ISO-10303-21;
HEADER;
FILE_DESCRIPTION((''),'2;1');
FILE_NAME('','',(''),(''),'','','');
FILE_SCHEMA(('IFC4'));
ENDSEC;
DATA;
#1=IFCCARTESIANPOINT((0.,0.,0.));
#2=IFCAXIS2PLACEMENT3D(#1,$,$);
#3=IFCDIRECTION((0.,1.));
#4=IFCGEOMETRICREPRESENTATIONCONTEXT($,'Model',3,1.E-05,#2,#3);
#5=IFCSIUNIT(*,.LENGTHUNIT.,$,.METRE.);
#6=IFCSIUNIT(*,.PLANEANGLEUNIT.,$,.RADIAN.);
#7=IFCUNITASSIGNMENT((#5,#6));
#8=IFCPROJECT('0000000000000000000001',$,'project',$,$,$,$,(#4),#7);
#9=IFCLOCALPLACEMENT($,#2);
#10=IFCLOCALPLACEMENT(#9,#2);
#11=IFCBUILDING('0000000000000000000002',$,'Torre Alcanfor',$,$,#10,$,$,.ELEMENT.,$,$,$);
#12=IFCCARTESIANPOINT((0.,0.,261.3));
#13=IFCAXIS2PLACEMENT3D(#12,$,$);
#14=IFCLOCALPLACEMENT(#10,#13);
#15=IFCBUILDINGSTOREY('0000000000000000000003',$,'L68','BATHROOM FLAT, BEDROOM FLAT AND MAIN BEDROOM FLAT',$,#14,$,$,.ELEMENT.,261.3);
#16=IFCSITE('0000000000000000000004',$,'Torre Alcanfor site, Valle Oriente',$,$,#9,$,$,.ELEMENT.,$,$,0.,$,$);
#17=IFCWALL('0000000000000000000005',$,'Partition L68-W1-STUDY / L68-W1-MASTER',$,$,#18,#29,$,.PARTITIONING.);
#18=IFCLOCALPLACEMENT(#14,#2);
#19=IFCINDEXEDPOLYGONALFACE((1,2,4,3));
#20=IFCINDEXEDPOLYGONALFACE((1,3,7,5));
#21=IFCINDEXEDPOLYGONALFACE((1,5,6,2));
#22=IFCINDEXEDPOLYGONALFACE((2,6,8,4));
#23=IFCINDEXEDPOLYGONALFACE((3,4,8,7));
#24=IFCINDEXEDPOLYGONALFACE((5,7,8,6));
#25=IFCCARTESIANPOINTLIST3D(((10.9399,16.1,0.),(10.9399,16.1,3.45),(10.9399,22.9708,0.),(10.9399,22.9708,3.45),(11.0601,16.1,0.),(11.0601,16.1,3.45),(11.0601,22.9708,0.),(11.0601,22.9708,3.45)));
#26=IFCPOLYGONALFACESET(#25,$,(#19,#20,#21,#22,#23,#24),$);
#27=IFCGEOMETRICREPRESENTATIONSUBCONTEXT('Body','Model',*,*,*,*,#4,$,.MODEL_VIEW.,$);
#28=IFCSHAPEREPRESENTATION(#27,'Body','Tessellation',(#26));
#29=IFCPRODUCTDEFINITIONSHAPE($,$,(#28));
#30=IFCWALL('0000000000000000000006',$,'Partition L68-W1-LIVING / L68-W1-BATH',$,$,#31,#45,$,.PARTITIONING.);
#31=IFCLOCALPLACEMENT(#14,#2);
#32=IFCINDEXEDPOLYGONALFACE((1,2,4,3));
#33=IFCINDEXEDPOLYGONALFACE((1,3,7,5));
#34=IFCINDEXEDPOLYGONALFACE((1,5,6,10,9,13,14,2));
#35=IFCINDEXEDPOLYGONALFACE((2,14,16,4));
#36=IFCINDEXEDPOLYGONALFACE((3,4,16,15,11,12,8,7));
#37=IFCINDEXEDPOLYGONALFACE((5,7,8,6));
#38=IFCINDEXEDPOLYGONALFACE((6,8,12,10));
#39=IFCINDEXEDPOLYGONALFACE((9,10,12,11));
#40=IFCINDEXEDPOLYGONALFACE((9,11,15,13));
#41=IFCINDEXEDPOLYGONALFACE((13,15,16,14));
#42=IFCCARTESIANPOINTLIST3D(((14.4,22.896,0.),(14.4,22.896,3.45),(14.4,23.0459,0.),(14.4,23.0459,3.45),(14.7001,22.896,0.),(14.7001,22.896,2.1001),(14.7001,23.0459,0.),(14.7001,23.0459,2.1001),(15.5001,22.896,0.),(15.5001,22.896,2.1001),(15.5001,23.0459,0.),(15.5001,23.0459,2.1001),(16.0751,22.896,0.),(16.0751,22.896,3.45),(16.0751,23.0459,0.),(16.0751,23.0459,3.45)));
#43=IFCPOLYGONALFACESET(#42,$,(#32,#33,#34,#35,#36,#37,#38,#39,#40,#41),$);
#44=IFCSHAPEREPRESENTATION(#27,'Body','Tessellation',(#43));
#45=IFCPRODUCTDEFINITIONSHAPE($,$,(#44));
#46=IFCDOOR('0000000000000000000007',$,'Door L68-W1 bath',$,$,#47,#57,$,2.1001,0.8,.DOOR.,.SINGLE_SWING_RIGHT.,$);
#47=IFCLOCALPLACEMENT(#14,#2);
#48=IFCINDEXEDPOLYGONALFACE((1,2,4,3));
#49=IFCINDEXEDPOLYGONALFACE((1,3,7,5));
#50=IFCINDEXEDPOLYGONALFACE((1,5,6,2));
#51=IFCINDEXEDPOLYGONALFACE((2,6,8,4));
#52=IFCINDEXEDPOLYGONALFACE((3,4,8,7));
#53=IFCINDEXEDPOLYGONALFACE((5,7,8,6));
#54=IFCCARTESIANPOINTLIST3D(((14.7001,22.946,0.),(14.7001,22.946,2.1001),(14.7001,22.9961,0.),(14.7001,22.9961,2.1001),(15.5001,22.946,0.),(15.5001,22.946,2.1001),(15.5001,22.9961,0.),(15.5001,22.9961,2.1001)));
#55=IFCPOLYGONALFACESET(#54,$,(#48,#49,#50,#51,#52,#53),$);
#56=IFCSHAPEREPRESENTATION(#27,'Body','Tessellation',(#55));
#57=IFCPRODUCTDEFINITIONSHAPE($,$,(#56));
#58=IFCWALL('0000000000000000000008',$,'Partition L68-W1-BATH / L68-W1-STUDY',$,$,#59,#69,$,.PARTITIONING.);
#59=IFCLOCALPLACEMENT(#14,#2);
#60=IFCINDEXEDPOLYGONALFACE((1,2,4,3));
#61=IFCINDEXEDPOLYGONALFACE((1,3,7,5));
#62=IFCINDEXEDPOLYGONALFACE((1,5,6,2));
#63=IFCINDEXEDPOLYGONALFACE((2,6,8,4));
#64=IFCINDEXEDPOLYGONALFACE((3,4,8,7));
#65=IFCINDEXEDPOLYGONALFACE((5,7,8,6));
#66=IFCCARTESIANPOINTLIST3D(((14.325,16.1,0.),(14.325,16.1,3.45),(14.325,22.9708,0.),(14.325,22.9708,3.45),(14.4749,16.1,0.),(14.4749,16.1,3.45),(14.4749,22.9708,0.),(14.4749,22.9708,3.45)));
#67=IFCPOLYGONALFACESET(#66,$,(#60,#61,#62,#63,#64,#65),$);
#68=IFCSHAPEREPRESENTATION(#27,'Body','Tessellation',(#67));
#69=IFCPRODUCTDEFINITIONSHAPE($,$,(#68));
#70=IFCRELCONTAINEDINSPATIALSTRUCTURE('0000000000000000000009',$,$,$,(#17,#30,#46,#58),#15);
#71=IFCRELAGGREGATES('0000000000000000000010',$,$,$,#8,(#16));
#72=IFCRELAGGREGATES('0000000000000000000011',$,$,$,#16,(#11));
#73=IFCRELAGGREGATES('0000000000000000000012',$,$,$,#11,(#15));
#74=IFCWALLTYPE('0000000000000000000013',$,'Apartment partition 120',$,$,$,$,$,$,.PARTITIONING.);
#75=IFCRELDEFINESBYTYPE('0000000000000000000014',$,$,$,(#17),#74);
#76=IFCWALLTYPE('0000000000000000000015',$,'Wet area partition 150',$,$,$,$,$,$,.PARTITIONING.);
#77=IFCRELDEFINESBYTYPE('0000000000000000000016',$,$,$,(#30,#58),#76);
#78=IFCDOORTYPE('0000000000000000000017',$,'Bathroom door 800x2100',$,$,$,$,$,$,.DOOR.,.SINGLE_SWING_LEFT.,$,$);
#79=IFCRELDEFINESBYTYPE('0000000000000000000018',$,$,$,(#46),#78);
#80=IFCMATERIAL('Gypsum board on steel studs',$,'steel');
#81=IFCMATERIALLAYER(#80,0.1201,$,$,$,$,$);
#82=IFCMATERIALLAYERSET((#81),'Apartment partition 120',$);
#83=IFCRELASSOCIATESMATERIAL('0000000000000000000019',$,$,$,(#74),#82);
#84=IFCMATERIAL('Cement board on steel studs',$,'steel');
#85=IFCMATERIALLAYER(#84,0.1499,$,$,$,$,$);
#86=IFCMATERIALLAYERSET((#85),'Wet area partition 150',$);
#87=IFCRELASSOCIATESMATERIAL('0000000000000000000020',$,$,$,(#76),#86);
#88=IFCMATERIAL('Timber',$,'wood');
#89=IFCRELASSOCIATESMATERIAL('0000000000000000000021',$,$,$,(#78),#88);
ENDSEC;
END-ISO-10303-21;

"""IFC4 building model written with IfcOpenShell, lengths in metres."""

from ifc_helpers import new_model, si_unit, direction, frame, frame_2d, origin, place, context, subcontext, project, spatial, rectangle, extrude, material, layer, layer_set, type_object, element, fill, save


model = new_model("IFC4")

# Units and contexts
model_context = context("Model", 3, precision=1e-05, world=origin(), true_north=direction((0.0, 1.0)))
body_context = subcontext(model_context, "Body", "Model", "MODEL_VIEW")
ifc_project = project(units=[si_unit("LENGTHUNIT", "METRE"), si_unit("PLANEANGLEUNIT", "RADIAN")], contexts=[model_context])

# Site, building, storey
site_placement = place(None, origin())
site = spatial("IfcSite", under=ifc_project, at=site_placement, Name="Torre Alcanfor site, Valle Oriente", CompositionType="ELEMENT", RefElevation=0.0)
building_placement = place(site_placement, origin())
building = spatial("IfcBuilding", under=site, at=building_placement, Name="Torre Alcanfor", CompositionType="ELEMENT")
storey_placement = place(building_placement, frame((0.0, 0.0, 261.3)))
storey = spatial("IfcBuildingStorey", under=building, at=storey_placement, Name="L68", Description="BATHROOM FLAT, BEDROOM FLAT AND MAIN BEDROOM FLAT", CompositionType="ELEMENT", Elevation=261.3)

# Shared definitions
ifc_material_1 = material(Name="Gypsum board on steel studs", Category="steel")
ifc_layer_1 = layer(ifc_material_1, 0.1201)
ifc_layer_set_1 = layer_set([ifc_layer_1], Name="Apartment partition 120")
wall_type_1 = type_object("IfcWallType", Name="Apartment partition 120", PredefinedType="PARTITIONING", material=ifc_layer_set_1)

# Wall
wall_1_placement = place(storey_placement, frame((11.0, 22.9709, 0.0), z_axis=(0.0, 0.0, 1.0), x_axis=(0.0, -1.0, 0.0)))
element("IfcWall", 1, at=wall_1_placement, inside=storey, type_object=wall_type_1, Name="Partition L68-W1-STUDY / L68-W1-MASTER", PredefinedType="PARTITIONING", context=body_context, shape_type="SweptSolid", body=[
    extrude(rectangle(XDim=6.8708, YDim=0.1201, at=frame_2d((3.4355, 0.0))), origin(), (0.0, 0.0, 1.0), 3.45),
])

# Wall, opening, door
ifc_material_2 = material(Name="Cement board on steel studs", Category="steel")
ifc_layer_2 = layer(ifc_material_2, 0.1499)
ifc_layer_set_2 = layer_set([ifc_layer_2], Name="Wet area partition 150")
wall_type_2 = type_object("IfcWallType", Name="Wet area partition 150", PredefinedType="PARTITIONING", material=ifc_layer_set_2)
wall_2_placement = place(storey_placement, frame((16.075, 22.9709, 0.0), z_axis=(0.0, 0.0, 1.0), x_axis=(-1.0, 0.0, 0.0)))
wall_2 = element("IfcWall", 2, at=wall_2_placement, inside=storey, type_object=wall_type_2, Name="Partition L68-W1-LIVING / L68-W1-BATH", PredefinedType="PARTITIONING", context=body_context, shape_type="SweptSolid", body=[
    extrude(rectangle(XDim=1.675, YDim=0.1499, at=frame_2d((0.8374, 0.0))), origin(), (0.0, 0.0, 1.0), 3.45),
])
opening_1_placement = place(wall_2_placement, frame((0.575, 0.0, 0.0)))
opening_1 = element("IfcOpeningElement", 3, at=opening_1_placement, cuts=wall_2, PredefinedType="OPENING", context=body_context, shape_type="SweptSolid", body=[
    extrude(rectangle(XDim=0.8, YDim=2.1001, at=frame_2d((0.3999, 1.05))), frame((0.0, 0.085, 0.0), z_axis=(0.0, -1.0, 0.0), x_axis=(1.0, 0.0, 0.0)), (0.0, 0.0, 1.0), 0.1699),
])
ifc_material_3 = material(Name="Timber", Category="wood")
door_type_1 = type_object("IfcDoorType", Name="Bathroom door 800x2100", OperationType="SINGLE_SWING_LEFT", PredefinedType="DOOR", material=ifc_material_3)
door_1_placement = place(opening_1_placement, origin())
door_1 = element("IfcDoor", 4, at=door_1_placement, inside=storey, type_object=door_type_1, Name="Door L68-W1 bath", OperationType="SINGLE_SWING_RIGHT", OverallHeight=2.1001, OverallWidth=0.8, PredefinedType="DOOR", context=body_context, shape_type="SweptSolid", body=[
    extrude(rectangle(XDim=0.8, YDim=2.1001, at=frame_2d((0.3999, 1.05))), frame((0.0, 0.0249, 0.0), z_axis=(0.0, -1.0, 0.0), x_axis=(1.0, 0.0, 0.0)), (0.0, 0.0, 1.0), 0.05),
])
fill(opening_1, door_1)

# Wall
wall_3_placement = place(storey_placement, frame((14.3999, 22.9709, 0.0), z_axis=(0.0, 0.0, 1.0), x_axis=(0.0, -1.0, 0.0)))
element("IfcWall", 5, at=wall_3_placement, inside=storey, type_object=wall_type_2, Name="Partition L68-W1-BATH / L68-W1-STUDY", PredefinedType="PARTITIONING", context=body_context, shape_type="SweptSolid", body=[
    extrude(rectangle(XDim=6.8708, YDim=0.1499, at=frame_2d((3.4355, 0.0))), origin(), (0.0, 0.0, 1.0), 3.45),
])

save(model, "model.ifc")
